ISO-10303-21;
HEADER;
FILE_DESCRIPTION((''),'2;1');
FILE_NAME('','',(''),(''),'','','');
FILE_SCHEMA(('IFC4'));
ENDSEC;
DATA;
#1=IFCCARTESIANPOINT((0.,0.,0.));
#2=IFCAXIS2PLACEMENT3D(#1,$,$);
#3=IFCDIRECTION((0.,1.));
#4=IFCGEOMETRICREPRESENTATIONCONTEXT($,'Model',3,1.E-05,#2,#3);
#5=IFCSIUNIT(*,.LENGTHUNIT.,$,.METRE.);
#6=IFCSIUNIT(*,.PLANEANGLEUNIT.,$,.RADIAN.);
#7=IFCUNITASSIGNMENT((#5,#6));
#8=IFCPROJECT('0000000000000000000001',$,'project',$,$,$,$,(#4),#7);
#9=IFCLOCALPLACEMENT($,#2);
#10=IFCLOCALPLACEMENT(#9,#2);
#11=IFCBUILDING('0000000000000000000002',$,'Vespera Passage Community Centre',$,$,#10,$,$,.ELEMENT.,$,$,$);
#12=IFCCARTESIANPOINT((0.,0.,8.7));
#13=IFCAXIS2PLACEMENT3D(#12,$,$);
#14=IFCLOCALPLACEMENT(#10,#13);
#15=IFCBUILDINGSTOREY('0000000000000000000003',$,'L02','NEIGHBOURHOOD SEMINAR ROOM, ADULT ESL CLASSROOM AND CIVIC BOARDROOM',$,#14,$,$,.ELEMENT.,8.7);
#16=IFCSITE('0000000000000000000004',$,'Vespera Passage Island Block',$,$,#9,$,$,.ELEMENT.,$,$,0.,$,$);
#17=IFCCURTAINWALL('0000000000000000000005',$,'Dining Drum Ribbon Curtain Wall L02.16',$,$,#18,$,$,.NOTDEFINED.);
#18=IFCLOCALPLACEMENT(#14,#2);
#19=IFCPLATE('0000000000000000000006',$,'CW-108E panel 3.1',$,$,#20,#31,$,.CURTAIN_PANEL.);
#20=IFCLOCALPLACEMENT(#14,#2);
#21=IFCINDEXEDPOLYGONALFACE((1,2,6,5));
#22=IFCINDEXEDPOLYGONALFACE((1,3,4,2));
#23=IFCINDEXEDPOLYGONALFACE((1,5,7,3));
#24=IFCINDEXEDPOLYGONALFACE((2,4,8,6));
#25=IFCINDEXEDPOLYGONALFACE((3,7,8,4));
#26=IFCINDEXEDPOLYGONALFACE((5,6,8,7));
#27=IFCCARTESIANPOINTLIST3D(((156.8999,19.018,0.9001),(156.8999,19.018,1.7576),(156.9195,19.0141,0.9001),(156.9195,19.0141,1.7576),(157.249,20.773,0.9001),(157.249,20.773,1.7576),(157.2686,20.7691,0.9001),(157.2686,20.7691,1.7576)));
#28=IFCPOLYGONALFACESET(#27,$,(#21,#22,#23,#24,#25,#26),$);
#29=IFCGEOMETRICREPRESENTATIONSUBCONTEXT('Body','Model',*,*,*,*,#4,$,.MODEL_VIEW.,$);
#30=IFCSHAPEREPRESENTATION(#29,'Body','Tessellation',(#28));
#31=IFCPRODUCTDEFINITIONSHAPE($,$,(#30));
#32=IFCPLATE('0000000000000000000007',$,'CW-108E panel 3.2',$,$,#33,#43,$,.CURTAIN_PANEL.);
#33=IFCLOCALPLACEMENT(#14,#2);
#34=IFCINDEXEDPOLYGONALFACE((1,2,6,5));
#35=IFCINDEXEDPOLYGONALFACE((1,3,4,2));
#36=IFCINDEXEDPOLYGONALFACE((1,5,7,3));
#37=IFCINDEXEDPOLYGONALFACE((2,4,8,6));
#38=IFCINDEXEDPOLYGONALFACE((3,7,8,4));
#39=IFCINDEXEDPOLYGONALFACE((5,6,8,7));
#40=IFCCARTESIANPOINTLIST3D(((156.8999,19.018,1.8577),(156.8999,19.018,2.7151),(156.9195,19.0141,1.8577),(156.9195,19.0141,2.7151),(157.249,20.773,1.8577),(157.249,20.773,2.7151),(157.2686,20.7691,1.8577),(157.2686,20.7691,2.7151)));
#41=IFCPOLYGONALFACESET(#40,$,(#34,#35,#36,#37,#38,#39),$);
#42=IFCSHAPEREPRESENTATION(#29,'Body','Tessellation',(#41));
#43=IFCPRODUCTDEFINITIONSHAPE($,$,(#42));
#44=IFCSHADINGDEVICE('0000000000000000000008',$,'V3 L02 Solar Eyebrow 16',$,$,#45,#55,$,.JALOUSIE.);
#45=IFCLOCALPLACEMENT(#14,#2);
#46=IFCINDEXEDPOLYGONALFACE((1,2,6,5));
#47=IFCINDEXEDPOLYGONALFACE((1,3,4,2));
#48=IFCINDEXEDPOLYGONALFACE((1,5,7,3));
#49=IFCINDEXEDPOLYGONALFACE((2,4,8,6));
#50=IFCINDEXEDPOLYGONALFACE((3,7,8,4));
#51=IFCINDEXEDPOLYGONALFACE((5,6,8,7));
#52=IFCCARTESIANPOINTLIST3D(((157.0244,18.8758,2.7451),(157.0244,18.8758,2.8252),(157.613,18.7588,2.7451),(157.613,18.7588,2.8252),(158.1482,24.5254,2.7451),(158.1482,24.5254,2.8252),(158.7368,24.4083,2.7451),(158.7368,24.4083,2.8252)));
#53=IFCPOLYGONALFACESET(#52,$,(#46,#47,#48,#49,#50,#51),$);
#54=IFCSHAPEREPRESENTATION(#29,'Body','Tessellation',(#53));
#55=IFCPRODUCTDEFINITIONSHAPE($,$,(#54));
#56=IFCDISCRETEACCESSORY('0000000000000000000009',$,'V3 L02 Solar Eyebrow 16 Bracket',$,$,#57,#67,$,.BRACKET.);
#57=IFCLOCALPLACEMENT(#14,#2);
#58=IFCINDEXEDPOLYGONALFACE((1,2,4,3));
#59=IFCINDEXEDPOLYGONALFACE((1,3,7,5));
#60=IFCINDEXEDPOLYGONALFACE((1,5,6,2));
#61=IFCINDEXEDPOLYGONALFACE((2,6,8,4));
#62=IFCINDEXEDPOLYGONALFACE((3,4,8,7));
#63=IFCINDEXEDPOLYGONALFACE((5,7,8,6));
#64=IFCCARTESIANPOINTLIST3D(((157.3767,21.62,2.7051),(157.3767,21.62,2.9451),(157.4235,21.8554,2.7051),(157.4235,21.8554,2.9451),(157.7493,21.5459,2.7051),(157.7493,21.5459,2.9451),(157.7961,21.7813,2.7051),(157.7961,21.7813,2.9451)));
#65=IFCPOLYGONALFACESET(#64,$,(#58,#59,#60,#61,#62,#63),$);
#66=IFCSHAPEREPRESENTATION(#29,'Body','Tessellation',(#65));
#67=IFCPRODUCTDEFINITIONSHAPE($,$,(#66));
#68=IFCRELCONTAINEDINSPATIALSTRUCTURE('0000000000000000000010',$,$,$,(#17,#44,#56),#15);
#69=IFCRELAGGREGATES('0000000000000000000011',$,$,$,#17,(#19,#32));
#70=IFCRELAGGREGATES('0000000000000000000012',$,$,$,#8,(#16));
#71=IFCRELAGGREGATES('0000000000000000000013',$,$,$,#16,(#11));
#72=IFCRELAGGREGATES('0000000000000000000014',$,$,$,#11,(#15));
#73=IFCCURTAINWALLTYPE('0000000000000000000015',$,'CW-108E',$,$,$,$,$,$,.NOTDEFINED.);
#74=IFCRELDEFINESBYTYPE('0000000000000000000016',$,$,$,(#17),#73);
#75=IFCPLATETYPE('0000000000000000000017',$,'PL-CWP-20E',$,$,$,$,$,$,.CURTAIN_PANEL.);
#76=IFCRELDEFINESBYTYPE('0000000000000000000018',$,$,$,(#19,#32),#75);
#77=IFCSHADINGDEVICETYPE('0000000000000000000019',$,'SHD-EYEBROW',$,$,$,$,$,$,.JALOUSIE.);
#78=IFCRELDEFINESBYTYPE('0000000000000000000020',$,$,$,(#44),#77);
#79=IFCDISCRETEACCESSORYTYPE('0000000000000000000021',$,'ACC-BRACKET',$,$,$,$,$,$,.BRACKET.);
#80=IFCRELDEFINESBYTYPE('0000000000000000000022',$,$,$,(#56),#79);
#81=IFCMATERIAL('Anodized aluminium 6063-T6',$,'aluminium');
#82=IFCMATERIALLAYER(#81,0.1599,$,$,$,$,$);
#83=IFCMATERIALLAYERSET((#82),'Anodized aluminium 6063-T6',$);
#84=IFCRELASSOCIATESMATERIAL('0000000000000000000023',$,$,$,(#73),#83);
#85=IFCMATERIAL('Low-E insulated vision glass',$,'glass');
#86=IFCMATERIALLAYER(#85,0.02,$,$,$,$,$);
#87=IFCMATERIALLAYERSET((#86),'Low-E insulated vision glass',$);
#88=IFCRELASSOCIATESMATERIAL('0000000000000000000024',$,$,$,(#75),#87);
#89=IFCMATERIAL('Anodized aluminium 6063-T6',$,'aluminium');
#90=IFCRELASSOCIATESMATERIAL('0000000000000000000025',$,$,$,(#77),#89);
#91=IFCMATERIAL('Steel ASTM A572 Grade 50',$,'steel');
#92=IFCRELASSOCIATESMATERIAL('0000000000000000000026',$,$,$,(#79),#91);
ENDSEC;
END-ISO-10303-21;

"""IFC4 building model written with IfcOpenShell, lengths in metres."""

from ifc_helpers import new_model, si_unit, direction, frame, origin, origin_2d, place, context, subcontext, project, spatial, rectangle, extrude, material, layer, layer_set, type_object, element, aggregate, save


model = new_model("IFC4")

# Units and contexts
model_context = context("Model", 3, precision=1e-05, world=origin(), true_north=direction((0.0, 1.0)))
body_context = subcontext(model_context, "Body", "Model", "MODEL_VIEW")
ifc_project = project(units=[si_unit("LENGTHUNIT", "METRE"), si_unit("PLANEANGLEUNIT", "RADIAN")], contexts=[model_context])

# Site, building, storey
site_placement = place(None, origin())
site = spatial("IfcSite", under=ifc_project, at=site_placement, Name="Vespera Passage Island Block", CompositionType="ELEMENT", RefElevation=0.0)
building_placement = place(site_placement, origin())
building = spatial("IfcBuilding", under=site, at=building_placement, Name="Vespera Passage Community Centre", CompositionType="ELEMENT")
storey_placement = place(building_placement, frame((0.0, 0.0, 8.7)))
storey = spatial("IfcBuildingStorey", under=building, at=storey_placement, Name="L02", Description="NEIGHBOURHOOD SEMINAR ROOM, ADULT ESL CLASSROOM AND CIVIC BOARDROOM", CompositionType="ELEMENT", Elevation=8.7)

# Curtain wall, plates
ifc_material_1 = material(Name="Anodized aluminium 6063-T6", Category="aluminium")
ifc_layer_1 = layer(ifc_material_1, 0.1599)
ifc_layer_set_1 = layer_set([ifc_layer_1], Name="Anodized aluminium 6063-T6")
curtain_wall_type = type_object("IfcCurtainWallType", Name="CW-108E", PredefinedType="NOTDEFINED", material=ifc_layer_set_1)
curtain_wall_placement = place(storey_placement, origin())
curtain_wall = element("IfcCurtainWall", 1, at=curtain_wall_placement, inside=storey, type_object=curtain_wall_type, Name="Dining Drum Ribbon Curtain Wall L02.16", PredefinedType="NOTDEFINED")
ifc_material_2 = material(Name="Low-E insulated vision glass", Category="glass")
ifc_layer_2 = layer(ifc_material_2, 0.02)
ifc_layer_set_2 = layer_set([ifc_layer_2], Name="Low-E insulated vision glass")
plate_type = type_object("IfcPlateType", Name="PL-CWP-20E", PredefinedType="CURTAIN_PANEL", material=ifc_layer_set_2)
plate_1_placement = place(storey_placement, frame((157.0842, 19.8936, 0.9001), z_axis=(0.0, 0.0, 1.0), x_axis=(-0.195097, -0.980784, 0.0)))
plate_1 = element("IfcPlate", 2, at=plate_1_placement, type_object=plate_type, Name="CW-108E panel 3.1", PredefinedType="CURTAIN_PANEL", context=body_context, shape_type="SweptSolid", body=[
    extrude(rectangle(XDim=1.7893, YDim=0.02, at=origin_2d()), origin(), (0.0, 0.0, 1.0), 0.8574),
])
plate_2_placement = place(storey_placement, frame((157.0842, 19.8936, 1.8577), z_axis=(0.0, 0.0, 1.0), x_axis=(-0.195097, -0.980784, 0.0)))
plate_2 = element("IfcPlate", 3, at=plate_2_placement, type_object=plate_type, Name="CW-108E panel 3.2", PredefinedType="CURTAIN_PANEL", context=body_context, shape_type="SweptSolid", body=[
    extrude(rectangle(XDim=1.7893, YDim=0.02, at=origin_2d()), origin(), (0.0, 0.0, 1.0), 0.8574),
])
aggregate(curtain_wall, [plate_1, plate_2])

# Shading device
ifc_material_3 = material(Name="Anodized aluminium 6063-T6", Category="aluminium")
shading_device_type = type_object("IfcShadingDeviceType", Name="SHD-EYEBROW", PredefinedType="JALOUSIE", material=ifc_material_3)
shading_device_placement = place(storey_placement, frame((157.8806, 21.6421, 2.7451), z_axis=(0.0, 0.0, 1.0), x_axis=(-0.19509, -0.980785, 0.0)))
element("IfcShadingDevice", 4, at=shading_device_placement, inside=storey, type_object=shading_device_type, Name="V3 L02 Solar Eyebrow 16", PredefinedType="JALOUSIE", context=body_context, shape_type="SweptSolid", body=[
    extrude(rectangle(XDim=5.7603, YDim=0.6001, at=origin_2d()), origin(), (0.0, 0.0, 1.0), 0.0801),
])

# Discrete accessory
ifc_material_4 = material(Name="Steel ASTM A572 Grade 50", Category="steel")
discrete_accessory_type = type_object("IfcDiscreteAccessoryType", Name="ACC-BRACKET", PredefinedType="BRACKET", material=ifc_material_4)
discrete_accessory_placement = place(storey_placement, frame((157.5864, 21.7007, 2.7051), z_axis=(0.0, 0.0, 1.0), x_axis=(-0.19509, -0.980785, 0.0)))
element("IfcDiscreteAccessory", 5, at=discrete_accessory_placement, inside=storey, type_object=discrete_accessory_type, Name="V3 L02 Solar Eyebrow 16 Bracket", PredefinedType="BRACKET", context=body_context, shape_type="SweptSolid", body=[
    extrude(rectangle(XDim=0.24, YDim=0.3799, at=origin_2d()), origin(), (0.0, 0.0, 1.0), 0.24),
])

save(model, "model.ifc")
